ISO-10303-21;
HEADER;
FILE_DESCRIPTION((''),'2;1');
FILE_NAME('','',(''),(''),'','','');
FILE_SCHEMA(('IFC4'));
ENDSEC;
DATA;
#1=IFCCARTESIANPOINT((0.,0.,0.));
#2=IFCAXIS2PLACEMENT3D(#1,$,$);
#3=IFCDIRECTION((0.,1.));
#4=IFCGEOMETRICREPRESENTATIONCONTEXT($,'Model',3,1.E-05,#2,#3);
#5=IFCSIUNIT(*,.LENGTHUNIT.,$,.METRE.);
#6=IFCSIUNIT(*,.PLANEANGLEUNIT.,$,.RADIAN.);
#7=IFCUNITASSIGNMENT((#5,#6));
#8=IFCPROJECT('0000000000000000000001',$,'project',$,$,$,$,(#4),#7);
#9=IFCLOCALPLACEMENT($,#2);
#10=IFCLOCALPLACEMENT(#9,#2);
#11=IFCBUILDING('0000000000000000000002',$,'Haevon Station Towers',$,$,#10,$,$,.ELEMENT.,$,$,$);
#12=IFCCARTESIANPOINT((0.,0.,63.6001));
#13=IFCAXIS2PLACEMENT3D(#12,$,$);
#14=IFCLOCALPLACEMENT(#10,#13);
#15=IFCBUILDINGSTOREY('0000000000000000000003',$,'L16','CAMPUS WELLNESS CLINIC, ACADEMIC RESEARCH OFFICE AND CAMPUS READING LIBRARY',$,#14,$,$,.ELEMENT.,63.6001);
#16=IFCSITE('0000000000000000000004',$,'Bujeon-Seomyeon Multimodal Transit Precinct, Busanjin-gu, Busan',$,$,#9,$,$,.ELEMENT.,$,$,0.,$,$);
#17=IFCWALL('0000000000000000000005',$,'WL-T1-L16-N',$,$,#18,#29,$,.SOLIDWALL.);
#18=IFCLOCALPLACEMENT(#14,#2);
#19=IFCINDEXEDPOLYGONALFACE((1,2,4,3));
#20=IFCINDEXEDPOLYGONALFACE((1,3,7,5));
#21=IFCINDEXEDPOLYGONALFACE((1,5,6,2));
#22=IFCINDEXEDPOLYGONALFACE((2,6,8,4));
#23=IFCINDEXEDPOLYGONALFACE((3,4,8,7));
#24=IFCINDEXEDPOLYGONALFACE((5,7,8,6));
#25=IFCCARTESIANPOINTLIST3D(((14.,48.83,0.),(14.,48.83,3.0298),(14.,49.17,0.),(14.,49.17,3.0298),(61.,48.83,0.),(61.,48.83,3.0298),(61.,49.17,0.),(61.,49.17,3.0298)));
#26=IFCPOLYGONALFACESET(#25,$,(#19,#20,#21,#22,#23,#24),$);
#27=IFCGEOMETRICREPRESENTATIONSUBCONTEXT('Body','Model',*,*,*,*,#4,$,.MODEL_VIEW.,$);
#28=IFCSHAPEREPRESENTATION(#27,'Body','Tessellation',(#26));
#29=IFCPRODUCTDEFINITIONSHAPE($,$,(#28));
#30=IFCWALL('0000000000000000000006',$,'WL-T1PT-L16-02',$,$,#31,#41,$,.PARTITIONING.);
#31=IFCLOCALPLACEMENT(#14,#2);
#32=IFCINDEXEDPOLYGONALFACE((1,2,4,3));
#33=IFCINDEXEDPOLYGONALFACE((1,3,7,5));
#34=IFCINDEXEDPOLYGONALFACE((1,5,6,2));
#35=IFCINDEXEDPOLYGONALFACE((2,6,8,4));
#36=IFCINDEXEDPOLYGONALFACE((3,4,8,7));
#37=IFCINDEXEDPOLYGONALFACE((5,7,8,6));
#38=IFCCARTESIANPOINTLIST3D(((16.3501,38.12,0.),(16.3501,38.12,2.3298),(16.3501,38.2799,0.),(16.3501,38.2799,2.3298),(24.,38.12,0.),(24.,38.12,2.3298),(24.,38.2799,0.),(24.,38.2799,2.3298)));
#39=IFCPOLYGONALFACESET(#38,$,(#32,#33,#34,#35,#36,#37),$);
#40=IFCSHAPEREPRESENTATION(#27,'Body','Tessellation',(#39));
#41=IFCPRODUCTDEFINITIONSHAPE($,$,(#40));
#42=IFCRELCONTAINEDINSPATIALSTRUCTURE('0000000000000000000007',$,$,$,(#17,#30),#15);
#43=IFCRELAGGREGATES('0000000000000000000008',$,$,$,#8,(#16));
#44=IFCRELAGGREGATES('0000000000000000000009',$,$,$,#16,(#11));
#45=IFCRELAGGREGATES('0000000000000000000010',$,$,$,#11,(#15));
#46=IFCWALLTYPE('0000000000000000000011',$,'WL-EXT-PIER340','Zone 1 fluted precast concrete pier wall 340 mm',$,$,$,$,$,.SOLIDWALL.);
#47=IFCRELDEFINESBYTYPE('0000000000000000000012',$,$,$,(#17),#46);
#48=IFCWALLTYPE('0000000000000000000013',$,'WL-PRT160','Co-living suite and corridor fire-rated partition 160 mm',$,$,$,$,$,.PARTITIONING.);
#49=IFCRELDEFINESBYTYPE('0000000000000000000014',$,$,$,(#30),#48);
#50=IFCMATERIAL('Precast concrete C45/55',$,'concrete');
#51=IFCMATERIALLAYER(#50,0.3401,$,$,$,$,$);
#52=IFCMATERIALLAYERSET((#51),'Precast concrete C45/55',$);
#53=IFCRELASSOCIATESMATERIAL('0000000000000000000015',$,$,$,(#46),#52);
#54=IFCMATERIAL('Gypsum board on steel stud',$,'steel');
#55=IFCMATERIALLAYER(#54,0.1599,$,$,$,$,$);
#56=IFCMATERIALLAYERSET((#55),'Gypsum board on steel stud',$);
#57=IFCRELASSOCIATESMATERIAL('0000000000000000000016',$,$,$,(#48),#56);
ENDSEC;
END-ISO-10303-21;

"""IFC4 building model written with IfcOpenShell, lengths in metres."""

from ifc_helpers import new_model, si_unit, direction, frame, frame_2d, origin, place, context, subcontext, project, spatial, rectangle, extrude, material, layer, layer_set, type_object, element, save


model = new_model("IFC4")

# Units and contexts
model_context = context("Model", 3, precision=1e-05, world=origin(), true_north=direction((0.0, 1.0)))
body_context = subcontext(model_context, "Body", "Model", "MODEL_VIEW")
ifc_project = project(units=[si_unit("LENGTHUNIT", "METRE"), si_unit("PLANEANGLEUNIT", "RADIAN")], contexts=[model_context])

# Site, building, storey
site_placement = place(None, origin())
site = spatial("IfcSite", under=ifc_project, at=site_placement, Name="Bujeon-Seomyeon Multimodal Transit Precinct, Busanjin-gu, Busan", CompositionType="ELEMENT", RefElevation=0.0)
building_placement = place(site_placement, origin())
building = spatial("IfcBuilding", under=site, at=building_placement, Name="Haevon Station Towers", CompositionType="ELEMENT")
storey_placement = place(building_placement, frame((0.0, 0.0, 63.6001)))
storey = spatial("IfcBuildingStorey", under=building, at=storey_placement, Name="L16", Description="CAMPUS WELLNESS CLINIC, ACADEMIC RESEARCH OFFICE AND CAMPUS READING LIBRARY", CompositionType="ELEMENT", Elevation=63.6001)

# Shared definitions
ifc_material_1 = material(Name="Gypsum board on steel stud", Category="steel")

# Walls
ifc_material_2 = material(Name="Precast concrete C45/55", Category="concrete")
ifc_layer_1 = layer(ifc_material_2, 0.3401)
ifc_layer_set_1 = layer_set([ifc_layer_1], Name="Precast concrete C45/55")
wall_type_1 = type_object("IfcWallType", Name="WL-EXT-PIER340", Description="Zone 1 fluted precast concrete pier wall 340 mm", PredefinedType="SOLIDWALL", material=ifc_layer_set_1)
wall_1_placement = place(storey_placement, frame((14.0, 49.0, 0.0), z_axis=(0.0, 0.0, 1.0), x_axis=(1.0, 0.0, 0.0)))
element("IfcWall", 1, at=wall_1_placement, inside=storey, type_object=wall_type_1, Name="WL-T1-L16-N", PredefinedType="SOLIDWALL", context=body_context, shape_type="SweptSolid", body=[
    extrude(rectangle(XDim=47.0, YDim=0.3401, at=frame_2d((23.5, 0.0))), origin(), (0.0, 0.0, 1.0), 3.0298),
])
ifc_layer_2 = layer(ifc_material_1, 0.1599)
ifc_layer_set_2 = layer_set([ifc_layer_2], Name="Gypsum board on steel stud")
wall_type_2 = type_object("IfcWallType", Name="WL-PRT160", Description="Co-living suite and corridor fire-rated partition 160 mm", PredefinedType="PARTITIONING", material=ifc_layer_set_2)
wall_2_placement = place(storey_placement, frame((16.3501, 38.2, 0.0), z_axis=(0.0, 0.0, 1.0), x_axis=(1.0, 0.0, 0.0)))
element("IfcWall", 2, at=wall_2_placement, inside=storey, type_object=wall_type_2, Name="WL-T1PT-L16-02", PredefinedType="PARTITIONING", context=body_context, shape_type="SweptSolid", body=[
    extrude(rectangle(XDim=7.6499, YDim=0.1599, at=frame_2d((3.825, 0.0))), origin(), (0.0, 0.0, 1.0), 2.3298),
])

save(model, "model.ifc")
